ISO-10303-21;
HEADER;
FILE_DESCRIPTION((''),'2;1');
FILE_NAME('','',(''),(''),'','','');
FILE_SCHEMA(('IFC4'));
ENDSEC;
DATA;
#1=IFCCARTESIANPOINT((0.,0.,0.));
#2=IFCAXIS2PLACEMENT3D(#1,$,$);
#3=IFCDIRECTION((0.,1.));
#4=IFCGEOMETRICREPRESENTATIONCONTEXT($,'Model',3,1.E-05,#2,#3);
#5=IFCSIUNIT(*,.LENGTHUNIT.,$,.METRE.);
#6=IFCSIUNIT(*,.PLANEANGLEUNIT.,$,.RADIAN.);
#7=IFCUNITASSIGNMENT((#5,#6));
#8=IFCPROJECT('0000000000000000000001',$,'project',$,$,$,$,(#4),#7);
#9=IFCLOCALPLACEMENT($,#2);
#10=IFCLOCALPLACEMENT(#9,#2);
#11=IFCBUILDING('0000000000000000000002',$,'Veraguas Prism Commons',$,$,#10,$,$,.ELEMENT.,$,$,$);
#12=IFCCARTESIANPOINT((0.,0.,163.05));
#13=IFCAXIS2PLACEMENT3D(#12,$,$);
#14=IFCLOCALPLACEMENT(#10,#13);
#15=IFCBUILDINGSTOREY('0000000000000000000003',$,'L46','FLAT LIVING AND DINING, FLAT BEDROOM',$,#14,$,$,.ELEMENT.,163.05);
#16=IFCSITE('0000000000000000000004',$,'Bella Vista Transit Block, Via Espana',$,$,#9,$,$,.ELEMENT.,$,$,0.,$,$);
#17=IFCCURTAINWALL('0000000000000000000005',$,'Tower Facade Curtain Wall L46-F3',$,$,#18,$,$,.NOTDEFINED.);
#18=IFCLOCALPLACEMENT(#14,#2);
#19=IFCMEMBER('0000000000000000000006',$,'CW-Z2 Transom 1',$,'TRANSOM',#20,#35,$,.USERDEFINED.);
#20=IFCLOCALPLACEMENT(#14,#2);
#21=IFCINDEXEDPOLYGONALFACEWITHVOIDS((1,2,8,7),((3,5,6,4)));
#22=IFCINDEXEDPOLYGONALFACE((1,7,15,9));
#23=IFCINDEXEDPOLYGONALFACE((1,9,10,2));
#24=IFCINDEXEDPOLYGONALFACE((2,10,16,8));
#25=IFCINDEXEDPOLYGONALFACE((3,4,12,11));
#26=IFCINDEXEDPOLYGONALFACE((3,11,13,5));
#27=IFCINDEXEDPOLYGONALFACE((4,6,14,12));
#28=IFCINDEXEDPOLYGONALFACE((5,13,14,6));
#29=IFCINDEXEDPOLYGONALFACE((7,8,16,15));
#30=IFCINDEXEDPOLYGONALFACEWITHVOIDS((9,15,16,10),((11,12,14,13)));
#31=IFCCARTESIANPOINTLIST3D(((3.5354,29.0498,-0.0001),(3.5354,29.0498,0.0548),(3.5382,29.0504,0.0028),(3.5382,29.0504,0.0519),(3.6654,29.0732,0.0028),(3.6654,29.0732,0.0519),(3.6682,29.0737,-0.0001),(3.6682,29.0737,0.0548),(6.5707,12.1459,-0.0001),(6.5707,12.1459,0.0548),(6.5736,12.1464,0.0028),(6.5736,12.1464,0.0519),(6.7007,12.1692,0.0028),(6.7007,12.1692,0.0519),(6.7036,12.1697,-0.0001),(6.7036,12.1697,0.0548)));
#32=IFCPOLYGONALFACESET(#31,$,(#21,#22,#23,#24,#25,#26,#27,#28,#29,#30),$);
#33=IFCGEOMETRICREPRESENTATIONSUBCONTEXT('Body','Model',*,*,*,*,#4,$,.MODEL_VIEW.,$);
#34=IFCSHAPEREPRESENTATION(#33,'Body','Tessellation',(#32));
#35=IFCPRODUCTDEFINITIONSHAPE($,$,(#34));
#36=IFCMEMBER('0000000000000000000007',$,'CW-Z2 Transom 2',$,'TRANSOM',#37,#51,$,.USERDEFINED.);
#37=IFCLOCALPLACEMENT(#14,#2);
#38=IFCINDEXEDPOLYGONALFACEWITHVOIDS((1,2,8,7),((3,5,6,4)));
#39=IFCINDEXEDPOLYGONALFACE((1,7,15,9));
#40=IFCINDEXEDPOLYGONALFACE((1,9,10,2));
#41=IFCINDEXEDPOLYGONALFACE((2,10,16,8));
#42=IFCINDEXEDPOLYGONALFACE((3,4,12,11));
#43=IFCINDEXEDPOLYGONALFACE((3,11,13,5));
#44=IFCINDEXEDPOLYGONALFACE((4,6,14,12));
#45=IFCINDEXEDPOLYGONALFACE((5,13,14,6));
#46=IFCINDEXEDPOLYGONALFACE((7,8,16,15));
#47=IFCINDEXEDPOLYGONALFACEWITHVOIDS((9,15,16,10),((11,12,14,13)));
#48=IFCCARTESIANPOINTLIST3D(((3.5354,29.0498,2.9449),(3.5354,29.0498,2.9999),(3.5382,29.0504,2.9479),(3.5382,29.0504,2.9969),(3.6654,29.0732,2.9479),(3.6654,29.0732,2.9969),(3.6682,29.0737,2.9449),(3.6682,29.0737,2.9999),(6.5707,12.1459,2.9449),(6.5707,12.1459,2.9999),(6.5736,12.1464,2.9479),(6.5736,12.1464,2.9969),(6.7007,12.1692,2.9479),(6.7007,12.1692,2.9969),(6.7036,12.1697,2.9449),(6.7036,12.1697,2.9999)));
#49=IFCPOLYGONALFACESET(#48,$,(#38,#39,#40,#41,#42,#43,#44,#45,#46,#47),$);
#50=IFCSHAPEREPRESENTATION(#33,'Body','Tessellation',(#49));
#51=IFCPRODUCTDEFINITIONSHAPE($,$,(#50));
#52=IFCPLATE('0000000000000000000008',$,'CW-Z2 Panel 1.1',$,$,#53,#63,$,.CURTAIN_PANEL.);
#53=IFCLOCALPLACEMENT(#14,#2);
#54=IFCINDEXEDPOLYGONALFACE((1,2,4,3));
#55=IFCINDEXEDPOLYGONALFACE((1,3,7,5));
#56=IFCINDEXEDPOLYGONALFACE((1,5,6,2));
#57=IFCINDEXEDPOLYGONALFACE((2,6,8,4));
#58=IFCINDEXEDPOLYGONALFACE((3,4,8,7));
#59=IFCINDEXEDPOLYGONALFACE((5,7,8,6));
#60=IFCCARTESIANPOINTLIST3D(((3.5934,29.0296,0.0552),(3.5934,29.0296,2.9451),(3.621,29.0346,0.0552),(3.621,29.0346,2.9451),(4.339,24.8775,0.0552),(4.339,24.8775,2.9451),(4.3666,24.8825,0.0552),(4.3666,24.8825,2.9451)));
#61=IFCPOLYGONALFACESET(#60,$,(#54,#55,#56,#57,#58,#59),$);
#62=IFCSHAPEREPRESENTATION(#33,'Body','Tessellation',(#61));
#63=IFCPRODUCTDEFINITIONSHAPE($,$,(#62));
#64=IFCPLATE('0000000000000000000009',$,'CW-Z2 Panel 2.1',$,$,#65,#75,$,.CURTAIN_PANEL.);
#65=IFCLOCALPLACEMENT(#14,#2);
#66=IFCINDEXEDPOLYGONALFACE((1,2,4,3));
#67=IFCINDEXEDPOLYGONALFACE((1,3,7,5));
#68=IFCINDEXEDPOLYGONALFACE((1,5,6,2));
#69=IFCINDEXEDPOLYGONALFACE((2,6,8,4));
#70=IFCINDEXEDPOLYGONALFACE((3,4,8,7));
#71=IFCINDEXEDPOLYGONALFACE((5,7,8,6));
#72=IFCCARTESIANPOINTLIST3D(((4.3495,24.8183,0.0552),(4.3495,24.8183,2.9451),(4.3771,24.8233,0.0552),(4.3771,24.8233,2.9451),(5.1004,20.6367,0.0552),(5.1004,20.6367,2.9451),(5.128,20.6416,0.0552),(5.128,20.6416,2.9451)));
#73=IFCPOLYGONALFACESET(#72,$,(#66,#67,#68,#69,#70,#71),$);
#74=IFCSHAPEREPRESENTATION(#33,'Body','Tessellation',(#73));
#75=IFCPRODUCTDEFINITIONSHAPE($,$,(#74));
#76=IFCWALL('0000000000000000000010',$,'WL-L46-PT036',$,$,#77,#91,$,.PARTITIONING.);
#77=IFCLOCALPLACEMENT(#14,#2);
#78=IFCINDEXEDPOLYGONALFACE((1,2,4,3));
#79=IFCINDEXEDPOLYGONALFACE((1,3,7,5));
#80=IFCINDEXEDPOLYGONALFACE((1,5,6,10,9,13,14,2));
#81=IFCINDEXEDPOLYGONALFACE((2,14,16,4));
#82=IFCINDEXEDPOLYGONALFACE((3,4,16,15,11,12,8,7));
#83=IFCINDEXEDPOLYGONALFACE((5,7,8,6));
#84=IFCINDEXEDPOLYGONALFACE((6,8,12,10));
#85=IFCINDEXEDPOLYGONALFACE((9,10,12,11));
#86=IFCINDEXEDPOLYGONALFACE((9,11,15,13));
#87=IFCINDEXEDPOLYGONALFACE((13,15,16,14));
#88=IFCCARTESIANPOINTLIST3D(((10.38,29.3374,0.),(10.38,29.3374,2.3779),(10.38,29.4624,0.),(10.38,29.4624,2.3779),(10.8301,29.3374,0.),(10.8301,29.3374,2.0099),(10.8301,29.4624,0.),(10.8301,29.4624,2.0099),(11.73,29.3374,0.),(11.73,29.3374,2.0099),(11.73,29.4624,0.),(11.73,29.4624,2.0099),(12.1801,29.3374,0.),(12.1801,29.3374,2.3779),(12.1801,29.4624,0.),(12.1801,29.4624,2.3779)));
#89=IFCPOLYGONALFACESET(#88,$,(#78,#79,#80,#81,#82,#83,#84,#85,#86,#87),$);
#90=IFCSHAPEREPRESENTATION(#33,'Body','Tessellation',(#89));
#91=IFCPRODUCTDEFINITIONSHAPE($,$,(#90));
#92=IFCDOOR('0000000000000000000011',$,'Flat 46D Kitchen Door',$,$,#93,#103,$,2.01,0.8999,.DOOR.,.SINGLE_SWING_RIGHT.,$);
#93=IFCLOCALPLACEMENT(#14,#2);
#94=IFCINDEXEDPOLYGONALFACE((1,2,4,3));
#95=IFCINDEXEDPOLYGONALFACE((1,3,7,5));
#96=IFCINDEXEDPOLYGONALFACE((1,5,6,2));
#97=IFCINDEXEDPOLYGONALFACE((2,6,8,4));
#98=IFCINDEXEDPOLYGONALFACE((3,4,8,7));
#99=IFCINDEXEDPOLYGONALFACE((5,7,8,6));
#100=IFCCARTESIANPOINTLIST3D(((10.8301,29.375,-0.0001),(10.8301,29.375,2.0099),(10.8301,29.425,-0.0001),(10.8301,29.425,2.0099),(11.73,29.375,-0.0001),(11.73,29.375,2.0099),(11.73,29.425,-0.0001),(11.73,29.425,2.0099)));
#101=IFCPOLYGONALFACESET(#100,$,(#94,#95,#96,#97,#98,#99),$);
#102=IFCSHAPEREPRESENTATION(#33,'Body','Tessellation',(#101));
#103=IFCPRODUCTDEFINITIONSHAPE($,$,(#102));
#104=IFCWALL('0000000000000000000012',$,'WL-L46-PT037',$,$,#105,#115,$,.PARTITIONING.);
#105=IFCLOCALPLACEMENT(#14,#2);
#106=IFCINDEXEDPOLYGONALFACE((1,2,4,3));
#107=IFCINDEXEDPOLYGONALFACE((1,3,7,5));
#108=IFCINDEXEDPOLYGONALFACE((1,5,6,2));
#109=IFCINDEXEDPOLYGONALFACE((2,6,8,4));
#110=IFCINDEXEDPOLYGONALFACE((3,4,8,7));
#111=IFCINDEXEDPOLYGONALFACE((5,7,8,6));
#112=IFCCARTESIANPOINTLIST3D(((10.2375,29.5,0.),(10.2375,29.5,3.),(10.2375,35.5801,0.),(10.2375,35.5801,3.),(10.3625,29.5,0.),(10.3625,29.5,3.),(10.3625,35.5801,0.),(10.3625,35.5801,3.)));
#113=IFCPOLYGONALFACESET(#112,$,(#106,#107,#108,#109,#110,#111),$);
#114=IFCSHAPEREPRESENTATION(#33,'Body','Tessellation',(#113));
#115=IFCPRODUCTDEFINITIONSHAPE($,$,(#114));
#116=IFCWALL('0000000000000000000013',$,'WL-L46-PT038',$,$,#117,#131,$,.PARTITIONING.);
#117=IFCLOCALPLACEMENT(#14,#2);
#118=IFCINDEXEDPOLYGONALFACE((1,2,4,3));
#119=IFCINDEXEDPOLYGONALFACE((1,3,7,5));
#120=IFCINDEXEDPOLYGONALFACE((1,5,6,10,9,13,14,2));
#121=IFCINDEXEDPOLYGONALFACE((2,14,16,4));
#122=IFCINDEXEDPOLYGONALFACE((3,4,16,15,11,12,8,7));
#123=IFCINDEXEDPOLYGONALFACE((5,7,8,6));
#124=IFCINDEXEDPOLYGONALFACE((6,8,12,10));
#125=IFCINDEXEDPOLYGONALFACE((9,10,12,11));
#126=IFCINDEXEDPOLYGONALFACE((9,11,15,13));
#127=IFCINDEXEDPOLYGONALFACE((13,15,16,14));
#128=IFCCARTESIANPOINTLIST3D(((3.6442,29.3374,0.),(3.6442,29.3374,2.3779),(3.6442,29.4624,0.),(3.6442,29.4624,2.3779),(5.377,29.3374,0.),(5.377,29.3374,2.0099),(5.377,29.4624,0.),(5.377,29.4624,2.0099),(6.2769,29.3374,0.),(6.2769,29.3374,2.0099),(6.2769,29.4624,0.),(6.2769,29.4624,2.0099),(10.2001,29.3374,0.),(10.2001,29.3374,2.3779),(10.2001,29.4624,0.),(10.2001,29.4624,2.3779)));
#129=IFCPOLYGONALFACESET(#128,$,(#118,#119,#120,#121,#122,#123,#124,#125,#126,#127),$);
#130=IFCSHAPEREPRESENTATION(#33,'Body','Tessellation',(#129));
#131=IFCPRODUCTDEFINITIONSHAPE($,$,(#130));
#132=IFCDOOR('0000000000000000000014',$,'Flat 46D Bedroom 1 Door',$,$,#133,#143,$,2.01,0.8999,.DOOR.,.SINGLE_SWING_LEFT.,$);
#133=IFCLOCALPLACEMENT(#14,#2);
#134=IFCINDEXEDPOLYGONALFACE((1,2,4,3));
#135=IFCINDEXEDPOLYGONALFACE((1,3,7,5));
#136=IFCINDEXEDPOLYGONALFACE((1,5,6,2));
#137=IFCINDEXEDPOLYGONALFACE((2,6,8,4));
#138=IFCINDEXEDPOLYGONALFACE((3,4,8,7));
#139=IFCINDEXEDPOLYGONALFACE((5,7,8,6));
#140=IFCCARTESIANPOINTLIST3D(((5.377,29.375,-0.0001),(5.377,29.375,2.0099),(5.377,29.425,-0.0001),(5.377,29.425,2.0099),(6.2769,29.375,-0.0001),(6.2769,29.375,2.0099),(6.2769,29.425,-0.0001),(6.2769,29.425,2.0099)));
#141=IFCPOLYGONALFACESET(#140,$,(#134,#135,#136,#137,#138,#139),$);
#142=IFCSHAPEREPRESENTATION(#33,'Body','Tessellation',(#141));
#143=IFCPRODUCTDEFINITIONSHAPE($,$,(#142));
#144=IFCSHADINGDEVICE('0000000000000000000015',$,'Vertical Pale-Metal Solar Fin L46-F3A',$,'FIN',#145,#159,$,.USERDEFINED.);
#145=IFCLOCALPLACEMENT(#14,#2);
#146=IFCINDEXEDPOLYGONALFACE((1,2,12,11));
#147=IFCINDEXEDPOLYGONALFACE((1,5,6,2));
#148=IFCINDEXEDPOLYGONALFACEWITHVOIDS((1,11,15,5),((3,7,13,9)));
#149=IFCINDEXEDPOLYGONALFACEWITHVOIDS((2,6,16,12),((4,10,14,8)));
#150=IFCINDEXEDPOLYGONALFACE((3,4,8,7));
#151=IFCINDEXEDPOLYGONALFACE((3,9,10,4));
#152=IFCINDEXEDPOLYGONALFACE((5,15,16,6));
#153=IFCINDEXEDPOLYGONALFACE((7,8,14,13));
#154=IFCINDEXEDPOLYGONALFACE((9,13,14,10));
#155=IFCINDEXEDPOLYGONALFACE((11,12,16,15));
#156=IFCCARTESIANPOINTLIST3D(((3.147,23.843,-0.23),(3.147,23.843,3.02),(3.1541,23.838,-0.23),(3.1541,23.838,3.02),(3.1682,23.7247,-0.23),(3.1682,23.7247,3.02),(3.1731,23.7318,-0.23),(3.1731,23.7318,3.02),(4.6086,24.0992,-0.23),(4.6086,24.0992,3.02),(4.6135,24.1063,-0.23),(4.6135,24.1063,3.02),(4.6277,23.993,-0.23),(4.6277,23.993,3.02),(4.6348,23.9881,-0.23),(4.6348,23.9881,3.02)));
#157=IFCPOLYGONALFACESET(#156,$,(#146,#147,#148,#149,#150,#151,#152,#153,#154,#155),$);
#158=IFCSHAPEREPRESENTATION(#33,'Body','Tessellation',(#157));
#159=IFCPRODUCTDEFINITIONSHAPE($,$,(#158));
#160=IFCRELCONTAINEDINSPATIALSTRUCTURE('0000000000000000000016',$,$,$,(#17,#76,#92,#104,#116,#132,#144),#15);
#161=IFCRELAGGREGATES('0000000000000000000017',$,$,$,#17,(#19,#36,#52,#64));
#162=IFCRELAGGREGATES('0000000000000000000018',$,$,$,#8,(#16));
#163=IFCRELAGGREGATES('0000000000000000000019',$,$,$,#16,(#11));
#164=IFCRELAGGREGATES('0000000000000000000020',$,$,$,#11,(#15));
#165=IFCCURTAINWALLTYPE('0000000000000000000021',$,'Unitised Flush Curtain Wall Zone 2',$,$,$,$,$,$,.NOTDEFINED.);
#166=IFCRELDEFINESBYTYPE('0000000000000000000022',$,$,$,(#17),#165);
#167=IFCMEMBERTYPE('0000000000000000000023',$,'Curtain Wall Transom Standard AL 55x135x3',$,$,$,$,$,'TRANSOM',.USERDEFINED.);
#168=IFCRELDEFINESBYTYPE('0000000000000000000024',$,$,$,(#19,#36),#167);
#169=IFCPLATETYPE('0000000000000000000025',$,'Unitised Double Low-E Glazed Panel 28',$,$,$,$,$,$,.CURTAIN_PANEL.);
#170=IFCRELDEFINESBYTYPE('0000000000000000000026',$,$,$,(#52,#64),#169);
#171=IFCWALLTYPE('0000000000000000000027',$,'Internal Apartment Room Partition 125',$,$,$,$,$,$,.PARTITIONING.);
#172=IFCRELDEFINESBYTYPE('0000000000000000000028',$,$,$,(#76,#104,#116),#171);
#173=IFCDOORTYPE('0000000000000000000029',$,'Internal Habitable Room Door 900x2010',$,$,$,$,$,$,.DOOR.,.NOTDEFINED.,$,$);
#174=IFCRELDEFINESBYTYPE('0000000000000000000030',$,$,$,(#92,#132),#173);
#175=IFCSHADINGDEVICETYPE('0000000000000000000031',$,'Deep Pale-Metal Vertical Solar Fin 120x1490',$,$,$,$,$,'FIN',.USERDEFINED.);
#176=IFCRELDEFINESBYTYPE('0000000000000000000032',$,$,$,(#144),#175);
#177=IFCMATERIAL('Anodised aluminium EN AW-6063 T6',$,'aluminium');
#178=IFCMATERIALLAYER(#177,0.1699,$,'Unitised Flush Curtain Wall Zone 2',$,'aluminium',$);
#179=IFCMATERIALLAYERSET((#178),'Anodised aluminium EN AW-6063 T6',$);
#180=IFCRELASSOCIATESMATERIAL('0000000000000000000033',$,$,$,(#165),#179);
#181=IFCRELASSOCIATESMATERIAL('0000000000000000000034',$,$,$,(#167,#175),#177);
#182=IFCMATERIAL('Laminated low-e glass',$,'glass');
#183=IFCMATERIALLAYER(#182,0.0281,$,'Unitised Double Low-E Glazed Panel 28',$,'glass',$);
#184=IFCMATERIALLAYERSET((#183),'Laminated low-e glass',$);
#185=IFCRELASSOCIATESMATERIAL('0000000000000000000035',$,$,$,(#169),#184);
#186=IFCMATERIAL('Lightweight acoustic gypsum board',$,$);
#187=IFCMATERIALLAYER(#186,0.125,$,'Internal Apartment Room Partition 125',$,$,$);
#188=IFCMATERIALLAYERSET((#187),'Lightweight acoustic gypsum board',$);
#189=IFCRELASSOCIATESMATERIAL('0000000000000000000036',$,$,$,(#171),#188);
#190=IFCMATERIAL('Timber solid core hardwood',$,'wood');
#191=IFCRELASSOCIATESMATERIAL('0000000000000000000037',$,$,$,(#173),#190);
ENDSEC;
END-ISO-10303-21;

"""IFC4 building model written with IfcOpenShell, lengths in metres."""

from ifc_helpers import new_model, si_unit, direction, frame, frame_2d, origin, origin_2d, place, context, subcontext, project, spatial, rectangle, hollow_rectangle, extrude, source, transform, mapped, material, layer, layer_set, material_profile, profile_set, type_object, element, fill, aggregate, save


model = new_model("IFC4")

# Units and contexts
model_context = context("Model", 3, precision=1e-05, world=origin(), true_north=direction((0.0, 1.0)))
body_context = subcontext(model_context, "Body", "Model", "MODEL_VIEW")
ifc_project = project(units=[si_unit("LENGTHUNIT", "METRE"), si_unit("PLANEANGLEUNIT", "RADIAN")], contexts=[model_context])

# Site, building, storey
site_placement = place(None, origin())
site = spatial("IfcSite", under=ifc_project, at=site_placement, Name="Bella Vista Transit Block, Via Espana", CompositionType="ELEMENT", RefElevation=0.0)
building_placement = place(site_placement, origin())
building = spatial("IfcBuilding", under=site, at=building_placement, Name="Veraguas Prism Commons", CompositionType="ELEMENT")
storey_placement = place(building_placement, frame((0.0, 0.0, 163.05)))
storey = spatial("IfcBuildingStorey", under=building, at=storey_placement, Name="L46", Description="FLAT LIVING AND DINING, FLAT BEDROOM", CompositionType="ELEMENT", Elevation=163.05)

# Curtain wall
ifc_material_1 = material(Name="Anodised aluminium EN AW-6063 T6", Category="aluminium")
ifc_layer_1 = layer(ifc_material_1, 0.1699, Name="Unitised Flush Curtain Wall Zone 2", Category="aluminium")
ifc_layer_set_1 = layer_set([ifc_layer_1], Name="Anodised aluminium EN AW-6063 T6")
curtain_wall_type = type_object("IfcCurtainWallType", Name="Unitised Flush Curtain Wall Zone 2", PredefinedType="NOTDEFINED", material=ifc_layer_set_1)
curtain_wall_1_placement = place(storey_placement, origin())
curtain_wall_1 = element("IfcCurtainWall", 1, at=curtain_wall_1_placement, inside=storey, type_object=curtain_wall_type, Name="Tower Facade Curtain Wall L46-F3", PredefinedType="NOTDEFINED")

# Members
ifc_material_profile_1 = material_profile(ifc_material_1, hollow_rectangle(XDim=0.0549, YDim=0.135, WallThickness=0.0029, at=origin_2d()), Name="AL55X135X3")
ifc_profile_set_1 = profile_set([ifc_material_profile_1], Name="Anodised aluminium EN AW-6063 T6")
member_type_1 = type_object("IfcMemberType", Name="Curtain Wall Transom Standard AL 55x135x3", ElementType="TRANSOM", PredefinedType="USERDEFINED", material=ifc_profile_set_1)
shared_shape_1 = source(origin(), body_context, "Body", "SweptSolid", [
    extrude(hollow_rectangle(XDim=0.0549, YDim=0.135, WallThickness=0.0029, at=origin_2d()), origin(), (0.0, 0.0, 1.0), 17.1743),
])
member_1_placement = place(storey_placement, frame((3.6018, 29.0618, 0.0273), z_axis=(0.17674, -0.984258, 0.0), x_axis=(0.0, 0.0, 1.0)))
member_1 = element("IfcMember", 2, at=member_1_placement, type_object=member_type_1, Name="CW-Z2 Transom 1", ObjectType="TRANSOM", PredefinedType="USERDEFINED", context=body_context, shape_type="MappedRepresentation", body=[
    mapped(shared_shape_1, transform((0.0, 0.0, 0.0), scale=1.0)),
])
member_2_placement = place(storey_placement, frame((3.6018, 29.0618, 2.9724), z_axis=(0.17674, -0.984258, 0.0), x_axis=(0.0, 0.0, 1.0)))
member_2 = element("IfcMember", 3, at=member_2_placement, type_object=member_type_1, Name="CW-Z2 Transom 2", ObjectType="TRANSOM", PredefinedType="USERDEFINED", context=body_context, shape_type="MappedRepresentation", body=[
    mapped(shared_shape_1, transform((0.0, 0.0, 0.0), scale=1.0)),
])

# Plates
ifc_material_2 = material(Name="Laminated low-e glass", Category="glass")
ifc_layer_2 = layer(ifc_material_2, 0.0281, Name="Unitised Double Low-E Glazed Panel 28", Category="glass")
ifc_layer_set_2 = layer_set([ifc_layer_2], Name="Laminated low-e glass")
plate_type = type_object("IfcPlateType", Name="Unitised Double Low-E Glazed Panel 28", PredefinedType="CURTAIN_PANEL", material=ifc_layer_set_2)
shared_shape_2 = source(origin(), body_context, "Body", "SweptSolid", [
    extrude(rectangle(XDim=4.2185, YDim=0.0281, at=origin_2d()), origin(), (0.0, 0.0, 1.0), 2.8899),
])
plate_1_placement = place(storey_placement, frame((3.98, 26.9561, 0.0552), z_axis=(0.0, 0.0, 1.0), x_axis=(0.176741, -0.984257, 0.0)))
plate_1 = element("IfcPlate", 4, at=plate_1_placement, type_object=plate_type, Name="CW-Z2 Panel 1.1", PredefinedType="CURTAIN_PANEL", context=body_context, shape_type="MappedRepresentation", body=[
    mapped(shared_shape_2, transform((0.0, 0.0, 0.0), scale=1.0)),
])
shared_shape_3 = source(origin(), body_context, "Body", "SweptSolid", [
    extrude(rectangle(XDim=4.2485, YDim=0.0281, at=origin_2d()), origin(), (0.0, 0.0, 1.0), 2.8899),
])
plate_2_placement = place(storey_placement, frame((4.7388, 22.73, 0.0552), z_axis=(0.0, 0.0, 1.0), x_axis=(0.176741, -0.984257, 0.0)))
plate_2 = element("IfcPlate", 5, at=plate_2_placement, type_object=plate_type, Name="CW-Z2 Panel 2.1", PredefinedType="CURTAIN_PANEL", context=body_context, shape_type="MappedRepresentation", body=[
    mapped(shared_shape_3, transform((0.0, 0.0, 0.0), scale=1.0)),
])
aggregate(curtain_wall_1, [member_1, member_2, plate_1, plate_2])

# Wall, opening, door
ifc_material_3 = material(Name="Lightweight acoustic gypsum board")
ifc_layer_3 = layer(ifc_material_3, 0.125, Name="Internal Apartment Room Partition 125")
ifc_layer_set_3 = layer_set([ifc_layer_3], Name="Lightweight acoustic gypsum board")
wall_type = type_object("IfcWallType", Name="Internal Apartment Room Partition 125", PredefinedType="PARTITIONING", material=ifc_layer_set_3)
wall_1_placement = place(storey_placement, frame((12.1799, 29.3999, 0.0), z_axis=(0.0, 0.0, 1.0), x_axis=(-1.0, 0.0, 0.0)))
wall_1 = element("IfcWall", 6, at=wall_1_placement, inside=storey, type_object=wall_type, Name="WL-L46-PT036", PredefinedType="PARTITIONING", context=body_context, shape_type="SweptSolid", body=[
    extrude(rectangle(XDim=1.8, YDim=0.125, at=frame_2d((0.8999, 0.0))), origin(), (0.0, 0.0, 1.0), 2.3779),
])
opening_1_placement = place(wall_1_placement, frame((0.45, 0.0, 0.0)))
opening_1 = element("IfcOpeningElement", 7, at=opening_1_placement, cuts=wall_1, PredefinedType="OPENING", context=body_context, shape_type="SweptSolid", body=[
    extrude(rectangle(XDim=0.8999, YDim=2.01, at=frame_2d((0.45, 1.0049))), frame((0.0, 0.0725, 0.0), z_axis=(0.0, -1.0, 0.0), x_axis=(1.0, 0.0, 0.0)), (0.0, 0.0, 1.0), 0.145),
])
ifc_material_4 = material(Name="Timber solid core hardwood", Category="wood")
door_type = type_object("IfcDoorType", Name="Internal Habitable Room Door 900x2010", OperationType="NOTDEFINED", PredefinedType="DOOR", material=ifc_material_4)
shared_shape_4 = source(origin(), body_context, "Body", "SweptSolid", [
    extrude(rectangle(XDim=0.8999, YDim=2.01, at=frame_2d((0.45, 1.0049))), frame((0.0, 0.0249, 0.0), z_axis=(0.0, -1.0, 0.0), x_axis=(1.0, 0.0, 0.0)), (0.0, 0.0, 1.0), 0.05),
])
door_1_placement = place(opening_1_placement, origin())
door_1 = element("IfcDoor", 8, at=door_1_placement, inside=storey, type_object=door_type, Name="Flat 46D Kitchen Door", OperationType="SINGLE_SWING_RIGHT", OverallHeight=2.01, OverallWidth=0.8999, PredefinedType="DOOR", context=body_context, shape_type="MappedRepresentation", body=[
    mapped(shared_shape_4, transform((0.0, 0.0, 0.0), scale=1.0)),
])
fill(opening_1, door_1)

# Wall
wall_2_placement = place(storey_placement, frame((10.3, 29.5, 0.0), z_axis=(0.0, 0.0, 1.0), x_axis=(0.0, 1.0, 0.0)))
element("IfcWall", 9, at=wall_2_placement, inside=storey, type_object=wall_type, Name="WL-L46-PT037", PredefinedType="PARTITIONING", context=body_context, shape_type="SweptSolid", body=[
    extrude(rectangle(XDim=6.0801, YDim=0.125, at=frame_2d((3.04, 0.0))), origin(), (0.0, 0.0, 1.0), 3.0),
])

# Wall, opening, door
wall_3_placement = place(storey_placement, frame((10.2, 29.3999, 0.0), z_axis=(0.0, 0.0, 1.0), x_axis=(-1.0, 0.0, 0.0)))
wall_3 = element("IfcWall", 10, at=wall_3_placement, inside=storey, type_object=wall_type, Name="WL-L46-PT038", PredefinedType="PARTITIONING", context=body_context, shape_type="SweptSolid", body=[
    extrude(rectangle(XDim=6.5559, YDim=0.125, at=frame_2d((3.2778, 0.0))), origin(), (0.0, 0.0, 1.0), 2.3779),
])
opening_2_placement = place(wall_3_placement, frame((3.9231, 0.0, 0.0)))
opening_2 = element("IfcOpeningElement", 11, at=opening_2_placement, cuts=wall_3, PredefinedType="OPENING", context=body_context, shape_type="SweptSolid", body=[
    extrude(rectangle(XDim=0.8999, YDim=2.01, at=frame_2d((0.45, 1.0049))), frame((0.0, 0.0725, 0.0), z_axis=(0.0, -1.0, 0.0), x_axis=(1.0, 0.0, 0.0)), (0.0, 0.0, 1.0), 0.145),
])
door_2_placement = place(opening_2_placement, origin())
door_2 = element("IfcDoor", 12, at=door_2_placement, inside=storey, type_object=door_type, Name="Flat 46D Bedroom 1 Door", OperationType="SINGLE_SWING_LEFT", OverallHeight=2.01, OverallWidth=0.8999, PredefinedType="DOOR", context=body_context, shape_type="MappedRepresentation", body=[
    mapped(shared_shape_4, transform((0.0, 0.0, 0.0), scale=1.0)),
])
fill(opening_2, door_2)

# Shading device
ifc_material_profile_2 = material_profile(ifc_material_1, hollow_rectangle(XDim=0.1201, YDim=1.49, WallThickness=0.0061, at=origin_2d()), Name="FIN120X1490X6")
ifc_profile_set_2 = profile_set([ifc_material_profile_2], Name="Anodised aluminium EN AW-6063 T6")
shading_device_type = type_object("IfcShadingDeviceType", Name="Deep Pale-Metal Vertical Solar Fin 120x1490", ElementType="FIN", PredefinedType="USERDEFINED", material=ifc_profile_set_2)
shading_device_placement = place(storey_placement, frame((3.8909, 23.9155, -0.23), z_axis=(0.0, 0.0, 1.0), x_axis=(0.176739, -0.984258, 0.0)))
element("IfcShadingDevice", 13, at=shading_device_placement, inside=storey, type_object=shading_device_type, Name="Vertical Pale-Metal Solar Fin L46-F3A", ObjectType="FIN", PredefinedType="USERDEFINED", context=body_context, shape_type="SweptSolid", body=[
    extrude(hollow_rectangle(XDim=0.1201, YDim=1.49, WallThickness=0.0061, at=origin_2d()), origin(), (0.0, 0.0, 1.0), 3.25),
])

save(model, "model.ifc")
